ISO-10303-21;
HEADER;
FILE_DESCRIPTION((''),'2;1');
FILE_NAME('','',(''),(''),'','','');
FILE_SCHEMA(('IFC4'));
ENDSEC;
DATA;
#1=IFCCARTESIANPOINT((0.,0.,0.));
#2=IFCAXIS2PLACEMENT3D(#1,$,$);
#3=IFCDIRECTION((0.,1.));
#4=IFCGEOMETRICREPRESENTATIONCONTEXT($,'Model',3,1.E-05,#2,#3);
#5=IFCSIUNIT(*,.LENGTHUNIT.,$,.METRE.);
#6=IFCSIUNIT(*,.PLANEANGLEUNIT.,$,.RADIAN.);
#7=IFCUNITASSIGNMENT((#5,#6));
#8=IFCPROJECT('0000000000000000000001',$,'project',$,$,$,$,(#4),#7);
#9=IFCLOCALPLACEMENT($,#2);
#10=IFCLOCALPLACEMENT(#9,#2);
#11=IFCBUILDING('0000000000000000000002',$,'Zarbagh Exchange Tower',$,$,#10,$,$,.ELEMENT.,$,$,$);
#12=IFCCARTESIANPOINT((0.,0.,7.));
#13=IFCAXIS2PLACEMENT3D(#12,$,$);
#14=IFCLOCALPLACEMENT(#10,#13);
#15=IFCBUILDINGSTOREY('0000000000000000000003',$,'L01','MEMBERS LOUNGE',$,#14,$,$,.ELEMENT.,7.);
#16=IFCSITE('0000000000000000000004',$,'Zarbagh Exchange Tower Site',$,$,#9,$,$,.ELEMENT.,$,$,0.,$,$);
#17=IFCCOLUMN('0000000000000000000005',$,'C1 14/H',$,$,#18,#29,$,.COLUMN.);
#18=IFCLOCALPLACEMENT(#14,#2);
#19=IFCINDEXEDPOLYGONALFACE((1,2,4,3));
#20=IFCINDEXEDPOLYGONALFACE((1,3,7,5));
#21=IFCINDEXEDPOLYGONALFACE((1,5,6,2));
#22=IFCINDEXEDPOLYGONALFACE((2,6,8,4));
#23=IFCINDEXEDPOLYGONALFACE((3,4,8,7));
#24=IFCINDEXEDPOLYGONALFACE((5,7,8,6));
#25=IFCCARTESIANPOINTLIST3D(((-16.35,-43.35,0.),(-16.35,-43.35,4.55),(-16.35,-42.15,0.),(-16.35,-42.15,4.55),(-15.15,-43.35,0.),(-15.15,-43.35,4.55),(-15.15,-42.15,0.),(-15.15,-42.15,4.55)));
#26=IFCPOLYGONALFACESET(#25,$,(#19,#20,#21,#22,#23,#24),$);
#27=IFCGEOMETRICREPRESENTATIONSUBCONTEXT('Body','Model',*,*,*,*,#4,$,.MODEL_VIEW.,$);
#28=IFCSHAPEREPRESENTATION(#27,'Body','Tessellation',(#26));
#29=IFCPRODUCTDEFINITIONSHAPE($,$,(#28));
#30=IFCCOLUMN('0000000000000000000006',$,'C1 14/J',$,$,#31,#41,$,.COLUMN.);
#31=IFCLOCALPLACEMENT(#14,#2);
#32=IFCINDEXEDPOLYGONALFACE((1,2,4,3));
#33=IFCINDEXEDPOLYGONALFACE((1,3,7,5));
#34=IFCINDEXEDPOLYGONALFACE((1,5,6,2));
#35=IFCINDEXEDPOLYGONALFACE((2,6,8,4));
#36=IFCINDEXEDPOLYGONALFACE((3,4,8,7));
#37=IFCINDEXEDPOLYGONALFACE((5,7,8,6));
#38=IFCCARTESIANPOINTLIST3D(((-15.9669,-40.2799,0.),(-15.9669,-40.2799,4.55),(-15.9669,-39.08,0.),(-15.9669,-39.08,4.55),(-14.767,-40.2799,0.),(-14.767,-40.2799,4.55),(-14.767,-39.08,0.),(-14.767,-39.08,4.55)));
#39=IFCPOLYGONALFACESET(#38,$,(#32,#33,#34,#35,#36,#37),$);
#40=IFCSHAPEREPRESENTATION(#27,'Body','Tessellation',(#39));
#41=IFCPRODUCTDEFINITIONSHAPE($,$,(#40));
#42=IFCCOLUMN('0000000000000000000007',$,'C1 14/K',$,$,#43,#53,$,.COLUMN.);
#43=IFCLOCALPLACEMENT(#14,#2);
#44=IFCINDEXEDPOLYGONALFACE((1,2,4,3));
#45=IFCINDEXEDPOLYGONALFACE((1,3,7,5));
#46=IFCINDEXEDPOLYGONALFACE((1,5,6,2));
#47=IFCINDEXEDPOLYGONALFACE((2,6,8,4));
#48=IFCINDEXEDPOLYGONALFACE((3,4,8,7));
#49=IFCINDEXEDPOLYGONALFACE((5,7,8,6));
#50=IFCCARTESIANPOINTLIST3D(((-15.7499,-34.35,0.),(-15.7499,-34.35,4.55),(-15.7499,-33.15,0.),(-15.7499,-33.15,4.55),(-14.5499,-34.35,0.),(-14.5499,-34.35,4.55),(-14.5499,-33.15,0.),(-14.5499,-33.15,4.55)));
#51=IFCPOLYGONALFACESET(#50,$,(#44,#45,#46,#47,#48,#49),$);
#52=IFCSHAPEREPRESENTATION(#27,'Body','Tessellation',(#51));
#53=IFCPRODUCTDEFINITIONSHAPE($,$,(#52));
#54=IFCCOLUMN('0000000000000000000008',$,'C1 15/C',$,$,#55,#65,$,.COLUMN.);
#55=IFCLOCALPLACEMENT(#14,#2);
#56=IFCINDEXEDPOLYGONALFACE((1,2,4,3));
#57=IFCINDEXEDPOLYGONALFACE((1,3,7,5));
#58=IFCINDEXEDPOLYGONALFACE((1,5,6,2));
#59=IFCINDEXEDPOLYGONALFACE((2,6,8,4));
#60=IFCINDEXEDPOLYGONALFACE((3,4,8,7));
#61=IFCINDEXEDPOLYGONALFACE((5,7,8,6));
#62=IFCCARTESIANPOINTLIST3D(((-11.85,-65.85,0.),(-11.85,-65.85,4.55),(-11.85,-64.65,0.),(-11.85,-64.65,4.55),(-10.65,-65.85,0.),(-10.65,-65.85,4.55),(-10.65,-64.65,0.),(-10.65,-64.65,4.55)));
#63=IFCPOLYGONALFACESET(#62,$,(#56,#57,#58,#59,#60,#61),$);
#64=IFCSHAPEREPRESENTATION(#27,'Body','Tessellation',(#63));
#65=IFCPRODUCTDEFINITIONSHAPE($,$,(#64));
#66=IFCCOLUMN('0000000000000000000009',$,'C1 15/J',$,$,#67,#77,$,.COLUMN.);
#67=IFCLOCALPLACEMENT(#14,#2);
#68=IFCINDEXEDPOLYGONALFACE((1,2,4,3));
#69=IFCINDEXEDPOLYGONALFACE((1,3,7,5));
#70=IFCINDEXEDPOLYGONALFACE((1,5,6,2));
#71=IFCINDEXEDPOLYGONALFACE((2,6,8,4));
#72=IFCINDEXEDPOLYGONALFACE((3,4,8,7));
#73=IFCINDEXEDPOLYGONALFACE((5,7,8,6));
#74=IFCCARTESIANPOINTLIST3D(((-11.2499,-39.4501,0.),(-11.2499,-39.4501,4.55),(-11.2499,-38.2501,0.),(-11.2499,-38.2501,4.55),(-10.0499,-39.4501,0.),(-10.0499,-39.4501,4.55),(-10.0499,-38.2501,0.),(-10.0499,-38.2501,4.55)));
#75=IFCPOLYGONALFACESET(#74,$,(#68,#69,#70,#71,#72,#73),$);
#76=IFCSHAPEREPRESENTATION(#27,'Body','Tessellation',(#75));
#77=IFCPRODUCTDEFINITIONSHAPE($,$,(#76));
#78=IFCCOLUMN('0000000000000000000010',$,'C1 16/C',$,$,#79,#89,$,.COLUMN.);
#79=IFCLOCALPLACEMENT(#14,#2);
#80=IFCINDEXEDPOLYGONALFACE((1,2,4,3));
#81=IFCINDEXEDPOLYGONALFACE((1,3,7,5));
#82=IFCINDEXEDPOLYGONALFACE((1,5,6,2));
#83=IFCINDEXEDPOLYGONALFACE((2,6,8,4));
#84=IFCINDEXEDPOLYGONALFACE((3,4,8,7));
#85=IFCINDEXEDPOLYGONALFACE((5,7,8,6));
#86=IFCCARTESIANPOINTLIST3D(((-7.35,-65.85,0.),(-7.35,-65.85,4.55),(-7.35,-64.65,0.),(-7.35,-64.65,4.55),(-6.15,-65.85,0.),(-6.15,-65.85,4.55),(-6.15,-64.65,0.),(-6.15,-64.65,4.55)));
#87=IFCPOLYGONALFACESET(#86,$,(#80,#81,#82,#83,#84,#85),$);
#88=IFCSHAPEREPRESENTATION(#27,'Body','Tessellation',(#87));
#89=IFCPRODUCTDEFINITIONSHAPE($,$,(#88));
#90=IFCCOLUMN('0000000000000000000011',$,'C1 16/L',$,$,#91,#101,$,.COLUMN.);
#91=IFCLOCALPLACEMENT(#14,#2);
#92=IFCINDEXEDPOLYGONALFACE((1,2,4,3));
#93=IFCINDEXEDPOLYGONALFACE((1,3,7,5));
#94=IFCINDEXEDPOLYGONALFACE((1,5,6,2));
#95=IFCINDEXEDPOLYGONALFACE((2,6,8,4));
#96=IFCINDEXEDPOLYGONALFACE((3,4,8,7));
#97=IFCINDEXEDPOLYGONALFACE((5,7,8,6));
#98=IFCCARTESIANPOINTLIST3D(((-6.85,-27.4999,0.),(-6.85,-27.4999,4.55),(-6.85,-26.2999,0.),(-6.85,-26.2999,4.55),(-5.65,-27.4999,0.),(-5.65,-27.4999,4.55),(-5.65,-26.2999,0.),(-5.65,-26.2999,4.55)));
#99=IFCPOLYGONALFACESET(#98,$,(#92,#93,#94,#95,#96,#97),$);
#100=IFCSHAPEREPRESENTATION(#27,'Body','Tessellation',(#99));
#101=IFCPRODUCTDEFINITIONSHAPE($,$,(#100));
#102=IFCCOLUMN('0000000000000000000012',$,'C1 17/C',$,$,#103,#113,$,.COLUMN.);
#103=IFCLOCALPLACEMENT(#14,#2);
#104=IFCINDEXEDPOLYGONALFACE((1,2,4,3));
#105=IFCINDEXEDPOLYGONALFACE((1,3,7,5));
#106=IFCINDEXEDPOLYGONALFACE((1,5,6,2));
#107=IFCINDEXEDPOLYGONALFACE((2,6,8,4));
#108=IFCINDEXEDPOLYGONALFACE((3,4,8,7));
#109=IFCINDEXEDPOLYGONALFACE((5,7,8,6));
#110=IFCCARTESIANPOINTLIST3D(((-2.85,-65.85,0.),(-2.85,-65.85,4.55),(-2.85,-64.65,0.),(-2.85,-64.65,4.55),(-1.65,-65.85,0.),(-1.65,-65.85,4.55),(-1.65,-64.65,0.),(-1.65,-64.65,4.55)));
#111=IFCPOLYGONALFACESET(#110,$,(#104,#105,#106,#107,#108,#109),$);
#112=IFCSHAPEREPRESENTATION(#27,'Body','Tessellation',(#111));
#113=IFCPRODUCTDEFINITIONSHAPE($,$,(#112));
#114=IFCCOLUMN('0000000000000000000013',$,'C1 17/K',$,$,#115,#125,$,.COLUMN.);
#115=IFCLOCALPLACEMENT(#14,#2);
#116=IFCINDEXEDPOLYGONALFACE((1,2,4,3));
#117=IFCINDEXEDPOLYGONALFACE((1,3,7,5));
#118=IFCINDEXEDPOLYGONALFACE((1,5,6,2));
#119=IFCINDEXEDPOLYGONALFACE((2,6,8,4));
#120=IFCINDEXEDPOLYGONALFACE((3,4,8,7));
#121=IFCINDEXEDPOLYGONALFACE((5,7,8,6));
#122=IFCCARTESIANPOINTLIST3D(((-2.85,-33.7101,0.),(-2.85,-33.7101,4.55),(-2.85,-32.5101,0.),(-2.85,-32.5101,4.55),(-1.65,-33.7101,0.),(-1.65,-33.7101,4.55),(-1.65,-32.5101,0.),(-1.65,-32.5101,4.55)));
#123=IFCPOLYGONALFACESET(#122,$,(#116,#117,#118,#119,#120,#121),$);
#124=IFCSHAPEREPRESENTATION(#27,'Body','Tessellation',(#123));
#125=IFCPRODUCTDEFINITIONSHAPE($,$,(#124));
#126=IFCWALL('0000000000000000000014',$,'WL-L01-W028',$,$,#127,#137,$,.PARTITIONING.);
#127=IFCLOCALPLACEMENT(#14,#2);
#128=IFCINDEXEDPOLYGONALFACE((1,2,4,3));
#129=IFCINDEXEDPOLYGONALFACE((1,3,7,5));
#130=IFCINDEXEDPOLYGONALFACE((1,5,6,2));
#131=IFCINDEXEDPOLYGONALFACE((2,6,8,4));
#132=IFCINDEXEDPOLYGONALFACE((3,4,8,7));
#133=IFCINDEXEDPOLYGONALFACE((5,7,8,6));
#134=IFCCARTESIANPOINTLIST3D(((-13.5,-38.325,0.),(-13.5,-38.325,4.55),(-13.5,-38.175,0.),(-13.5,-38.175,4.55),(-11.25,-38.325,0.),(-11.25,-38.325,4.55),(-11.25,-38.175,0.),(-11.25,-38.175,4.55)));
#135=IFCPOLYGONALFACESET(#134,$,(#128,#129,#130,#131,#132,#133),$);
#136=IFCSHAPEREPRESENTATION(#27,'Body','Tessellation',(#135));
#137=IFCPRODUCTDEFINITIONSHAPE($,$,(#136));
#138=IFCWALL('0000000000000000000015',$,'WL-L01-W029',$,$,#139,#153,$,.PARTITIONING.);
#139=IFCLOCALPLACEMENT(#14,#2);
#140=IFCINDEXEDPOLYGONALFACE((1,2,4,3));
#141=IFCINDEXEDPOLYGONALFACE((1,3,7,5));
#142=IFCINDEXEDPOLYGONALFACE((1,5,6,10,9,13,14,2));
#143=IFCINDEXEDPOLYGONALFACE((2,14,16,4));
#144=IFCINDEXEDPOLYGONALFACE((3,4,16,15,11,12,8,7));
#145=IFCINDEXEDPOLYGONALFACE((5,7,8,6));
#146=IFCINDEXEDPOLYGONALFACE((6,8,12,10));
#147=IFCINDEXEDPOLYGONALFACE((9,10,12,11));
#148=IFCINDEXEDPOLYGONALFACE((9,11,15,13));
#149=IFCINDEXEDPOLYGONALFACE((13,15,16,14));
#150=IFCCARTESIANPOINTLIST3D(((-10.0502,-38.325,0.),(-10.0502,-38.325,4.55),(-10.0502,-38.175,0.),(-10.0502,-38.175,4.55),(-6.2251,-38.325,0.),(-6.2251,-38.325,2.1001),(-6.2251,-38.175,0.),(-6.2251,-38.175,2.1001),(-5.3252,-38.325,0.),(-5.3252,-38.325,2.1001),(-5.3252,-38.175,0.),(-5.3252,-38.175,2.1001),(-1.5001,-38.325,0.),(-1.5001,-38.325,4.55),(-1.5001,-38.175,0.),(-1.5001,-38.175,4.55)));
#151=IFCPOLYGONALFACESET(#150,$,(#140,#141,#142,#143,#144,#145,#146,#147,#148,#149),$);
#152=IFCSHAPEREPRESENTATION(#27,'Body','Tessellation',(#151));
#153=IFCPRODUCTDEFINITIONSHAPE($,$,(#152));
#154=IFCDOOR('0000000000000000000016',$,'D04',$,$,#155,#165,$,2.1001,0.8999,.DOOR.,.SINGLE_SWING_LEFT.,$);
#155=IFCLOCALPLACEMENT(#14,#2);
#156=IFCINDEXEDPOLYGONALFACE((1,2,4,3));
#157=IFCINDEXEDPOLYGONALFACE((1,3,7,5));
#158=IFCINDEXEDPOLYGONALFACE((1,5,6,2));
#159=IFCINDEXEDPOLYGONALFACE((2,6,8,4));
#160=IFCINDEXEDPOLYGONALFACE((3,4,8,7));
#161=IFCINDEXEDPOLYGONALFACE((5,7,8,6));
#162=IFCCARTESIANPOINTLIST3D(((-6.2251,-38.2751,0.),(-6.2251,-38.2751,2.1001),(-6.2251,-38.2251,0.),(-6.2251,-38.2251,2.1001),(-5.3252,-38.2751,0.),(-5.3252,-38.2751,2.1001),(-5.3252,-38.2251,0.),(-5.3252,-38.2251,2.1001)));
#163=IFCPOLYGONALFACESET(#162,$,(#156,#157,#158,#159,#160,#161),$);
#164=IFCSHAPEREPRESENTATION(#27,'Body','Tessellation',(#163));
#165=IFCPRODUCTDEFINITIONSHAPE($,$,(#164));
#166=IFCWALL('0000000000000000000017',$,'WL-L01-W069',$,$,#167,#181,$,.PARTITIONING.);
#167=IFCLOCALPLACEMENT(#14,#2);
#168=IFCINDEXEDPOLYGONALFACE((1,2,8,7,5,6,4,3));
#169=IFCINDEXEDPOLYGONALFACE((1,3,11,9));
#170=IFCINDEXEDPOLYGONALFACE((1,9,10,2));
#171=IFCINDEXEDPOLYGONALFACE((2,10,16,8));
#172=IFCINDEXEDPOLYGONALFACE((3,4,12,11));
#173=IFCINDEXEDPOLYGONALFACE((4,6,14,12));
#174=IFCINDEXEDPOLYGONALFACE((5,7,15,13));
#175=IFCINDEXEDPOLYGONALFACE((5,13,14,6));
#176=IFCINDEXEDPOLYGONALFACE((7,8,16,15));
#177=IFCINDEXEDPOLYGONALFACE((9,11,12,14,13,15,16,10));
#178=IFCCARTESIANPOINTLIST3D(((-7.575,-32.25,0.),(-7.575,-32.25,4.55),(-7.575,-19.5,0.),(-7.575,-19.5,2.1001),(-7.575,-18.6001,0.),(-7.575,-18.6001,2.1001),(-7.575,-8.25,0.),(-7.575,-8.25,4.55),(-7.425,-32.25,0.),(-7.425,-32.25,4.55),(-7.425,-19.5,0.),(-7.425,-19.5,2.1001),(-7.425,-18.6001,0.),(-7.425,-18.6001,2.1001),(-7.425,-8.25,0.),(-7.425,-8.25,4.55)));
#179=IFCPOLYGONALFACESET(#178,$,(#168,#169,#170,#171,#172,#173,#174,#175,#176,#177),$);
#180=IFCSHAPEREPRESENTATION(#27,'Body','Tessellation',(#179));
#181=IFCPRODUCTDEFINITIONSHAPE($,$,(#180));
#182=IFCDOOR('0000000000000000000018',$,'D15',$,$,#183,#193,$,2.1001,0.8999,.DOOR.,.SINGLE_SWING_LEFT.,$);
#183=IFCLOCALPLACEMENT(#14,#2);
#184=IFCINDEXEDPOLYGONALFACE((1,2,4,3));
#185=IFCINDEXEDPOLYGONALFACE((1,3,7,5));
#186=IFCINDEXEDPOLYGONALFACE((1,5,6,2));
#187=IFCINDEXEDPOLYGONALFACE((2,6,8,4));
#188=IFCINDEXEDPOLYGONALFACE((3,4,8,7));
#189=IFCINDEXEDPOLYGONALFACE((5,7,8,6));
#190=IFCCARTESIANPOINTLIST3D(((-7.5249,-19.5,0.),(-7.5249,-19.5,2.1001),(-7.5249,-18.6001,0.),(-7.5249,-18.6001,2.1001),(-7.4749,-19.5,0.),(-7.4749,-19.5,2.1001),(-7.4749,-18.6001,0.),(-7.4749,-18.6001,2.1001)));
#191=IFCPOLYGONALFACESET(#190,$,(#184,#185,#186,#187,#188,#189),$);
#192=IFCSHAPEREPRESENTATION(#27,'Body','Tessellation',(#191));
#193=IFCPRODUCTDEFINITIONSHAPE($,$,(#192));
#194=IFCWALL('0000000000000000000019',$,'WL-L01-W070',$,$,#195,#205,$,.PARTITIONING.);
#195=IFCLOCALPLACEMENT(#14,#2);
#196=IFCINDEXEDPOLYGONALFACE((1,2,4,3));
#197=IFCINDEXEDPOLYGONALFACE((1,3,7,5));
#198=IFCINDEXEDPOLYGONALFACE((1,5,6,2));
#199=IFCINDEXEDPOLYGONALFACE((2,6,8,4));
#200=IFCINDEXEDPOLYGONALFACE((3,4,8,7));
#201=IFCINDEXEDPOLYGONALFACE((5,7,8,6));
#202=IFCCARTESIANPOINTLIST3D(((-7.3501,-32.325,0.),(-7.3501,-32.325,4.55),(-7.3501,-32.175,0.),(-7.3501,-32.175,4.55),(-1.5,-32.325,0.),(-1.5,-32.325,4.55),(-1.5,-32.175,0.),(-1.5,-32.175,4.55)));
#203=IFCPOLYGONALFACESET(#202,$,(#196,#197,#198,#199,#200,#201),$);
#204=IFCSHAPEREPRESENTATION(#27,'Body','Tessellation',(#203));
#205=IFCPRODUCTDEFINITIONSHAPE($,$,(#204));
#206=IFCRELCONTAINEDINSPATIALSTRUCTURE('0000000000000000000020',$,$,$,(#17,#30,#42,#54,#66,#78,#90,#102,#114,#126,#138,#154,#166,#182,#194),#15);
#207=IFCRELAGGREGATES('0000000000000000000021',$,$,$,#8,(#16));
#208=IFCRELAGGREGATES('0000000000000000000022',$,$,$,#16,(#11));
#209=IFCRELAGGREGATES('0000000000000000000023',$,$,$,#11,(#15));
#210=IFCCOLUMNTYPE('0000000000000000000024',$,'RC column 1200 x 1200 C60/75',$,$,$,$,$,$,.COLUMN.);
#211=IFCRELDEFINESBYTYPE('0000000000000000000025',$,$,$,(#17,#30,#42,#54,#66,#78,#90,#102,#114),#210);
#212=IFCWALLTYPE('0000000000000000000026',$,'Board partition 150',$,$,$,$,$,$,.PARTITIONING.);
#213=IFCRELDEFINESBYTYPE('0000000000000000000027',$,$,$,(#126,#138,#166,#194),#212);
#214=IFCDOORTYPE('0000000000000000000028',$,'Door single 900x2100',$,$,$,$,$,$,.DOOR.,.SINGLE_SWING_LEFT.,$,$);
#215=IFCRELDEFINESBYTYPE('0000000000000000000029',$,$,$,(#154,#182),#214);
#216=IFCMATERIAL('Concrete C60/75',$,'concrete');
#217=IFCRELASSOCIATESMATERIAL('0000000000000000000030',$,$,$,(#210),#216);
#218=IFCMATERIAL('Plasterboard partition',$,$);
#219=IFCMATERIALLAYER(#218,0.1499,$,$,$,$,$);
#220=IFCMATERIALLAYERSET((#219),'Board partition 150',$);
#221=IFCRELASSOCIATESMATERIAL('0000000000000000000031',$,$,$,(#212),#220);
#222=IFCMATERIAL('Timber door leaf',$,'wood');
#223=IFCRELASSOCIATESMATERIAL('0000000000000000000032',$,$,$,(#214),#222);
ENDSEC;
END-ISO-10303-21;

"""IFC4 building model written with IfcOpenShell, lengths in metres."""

from ifc_helpers import new_model, si_unit, direction, frame, frame_2d, origin, origin_2d, place, context, subcontext, project, spatial, rectangle, extrude, material, layer, layer_set, material_profile, profile_set, type_object, element, fill, save


model = new_model("IFC4")

# Units and contexts
model_context = context("Model", 3, precision=1e-05, world=origin(), true_north=direction((0.0, 1.0)))
body_context = subcontext(model_context, "Body", "Model", "MODEL_VIEW")
ifc_project = project(units=[si_unit("LENGTHUNIT", "METRE"), si_unit("PLANEANGLEUNIT", "RADIAN")], contexts=[model_context])

# Site, building, storey
site_placement = place(None, origin())
site = spatial("IfcSite", under=ifc_project, at=site_placement, Name="Zarbagh Exchange Tower Site", CompositionType="ELEMENT", RefElevation=0.0)
building_placement = place(site_placement, origin())
building = spatial("IfcBuilding", under=site, at=building_placement, Name="Zarbagh Exchange Tower", CompositionType="ELEMENT")
storey_placement = place(building_placement, frame((0.0, 0.0, 7.0)))
storey = spatial("IfcBuildingStorey", under=building, at=storey_placement, Name="L01", Description="MEMBERS LOUNGE", CompositionType="ELEMENT", Elevation=7.0)

# Columns
ifc_material_1 = material(Name="Concrete C60/75", Category="concrete")
ifc_material_profile = material_profile(ifc_material_1, rectangle(XDim=1.2, YDim=1.2, at=origin_2d()), Name="RC column 1200 x 1200 C60/75")
ifc_profile_set = profile_set([ifc_material_profile], Name="Concrete C60/75")
column_type = type_object("IfcColumnType", Name="RC column 1200 x 1200 C60/75", PredefinedType="COLUMN", material=ifc_profile_set)
for number, where, z_axis, x_axis, name in (
    (1, (-15.75, -42.75, 0.0), (0.0, 0.0, 1.0), (1.0, 0.0, 0.0), "C1 14/H"),
    (2, (-15.3669, -39.6799, 0.0), (0.0, 0.0, 1.0), (1.0, 0.0, 0.0), "C1 14/J"),
    (3, (-15.1499, -33.75, 0.0), (0.0, 0.0, 1.0), (1.0, 0.0, 0.0), "C1 14/K"),
    (4, (-11.25, -65.25, 0.0), (0.0, 0.0, 1.0), (1.0, 0.0, 0.0), "C1 15/C"),
    (5, (-10.6499, -38.8501, 0.0), (0.0, 0.0, 1.0), (1.0, 0.0, 0.0), "C1 15/J"),
    (6, (-6.75, -65.25, 0.0), (0.0, 0.0, 1.0), (1.0, 0.0, 0.0), "C1 16/C"),
    (7, (-6.25, -26.8999, 0.0), (0.0, 0.0, 1.0), (1.0, 0.0, 0.0), "C1 16/L"),
    (8, (-2.25, -65.25, 0.0), (0.0, 0.0, 1.0), (1.0, 0.0, 0.0), "C1 17/C"),
    (9, (-2.25, -33.1101, 0.0), (0.0, 0.0, 1.0), (1.0, 0.0, 0.0), "C1 17/K"),
):
    element("IfcColumn", number, at=place(storey_placement, frame(where, z_axis=z_axis, x_axis=x_axis)), inside=storey, type_object=column_type, Name=name, PredefinedType="COLUMN", context=body_context, shape_type="SweptSolid", body=[
        extrude(rectangle(XDim=1.2, YDim=1.2, at=origin_2d()), origin(), (0.0, 0.0, 1.0), 4.55),
    ])

# Wall
ifc_material_2 = material(Name="Plasterboard partition")
ifc_layer_1 = layer(ifc_material_2, 0.1499)
ifc_layer_set_1 = layer_set([ifc_layer_1], Name="Board partition 150")
wall_type_1 = type_object("IfcWallType", Name="Board partition 150", PredefinedType="PARTITIONING", material=ifc_layer_set_1)
wall_1_placement = place(storey_placement, frame((-13.5, -38.25, 0.0), z_axis=(0.0, 0.0, 1.0), x_axis=(1.0, 0.0, 0.0)))
element("IfcWall", 10, at=wall_1_placement, inside=storey, type_object=wall_type_1, Name="WL-L01-W028", PredefinedType="PARTITIONING", context=body_context, shape_type="SweptSolid", body=[
    extrude(rectangle(XDim=2.25, YDim=0.1499, at=frame_2d((1.125, 0.0))), origin(), (0.0, 0.0, 1.0), 4.55),
])

# Walls, openings, doors
wall_2_placement = place(storey_placement, frame((-10.05, -38.25, 0.0), z_axis=(0.0, 0.0, 1.0), x_axis=(1.0, 0.0, 0.0)))
wall_2 = element("IfcWall", 11, at=wall_2_placement, inside=storey, type_object=wall_type_1, Name="WL-L01-W029", PredefinedType="PARTITIONING", context=body_context, shape_type="SweptSolid", body=[
    extrude(rectangle(XDim=8.55, YDim=0.1499, at=frame_2d((4.2749, 0.0))), origin(), (0.0, 0.0, 1.0), 4.55),
])
opening_1_placement = place(wall_2_placement, frame((3.825, 0.0, 0.0)))
opening_1 = element("IfcOpeningElement", 12, at=opening_1_placement, cuts=wall_2, PredefinedType="OPENING", context=body_context, shape_type="SweptSolid", body=[
    extrude(rectangle(XDim=0.8999, YDim=2.1001, at=frame_2d((0.45, 1.05))), frame((0.0, 0.085, 0.0), z_axis=(0.0, -1.0, 0.0), x_axis=(1.0, 0.0, 0.0)), (0.0, 0.0, 1.0), 0.1699),
])
ifc_material_3 = material(Name="Timber door leaf", Category="wood")
door_type_1 = type_object("IfcDoorType", Name="Door single 900x2100", OperationType="SINGLE_SWING_LEFT", PredefinedType="DOOR", material=ifc_material_3)
door_1_placement = place(opening_1_placement, origin())
door_1 = element("IfcDoor", 13, at=door_1_placement, inside=storey, type_object=door_type_1, Name="D04", OperationType="SINGLE_SWING_LEFT", OverallHeight=2.1001, OverallWidth=0.8999, PredefinedType="DOOR", context=body_context, shape_type="SweptSolid", body=[
    extrude(rectangle(XDim=0.8999, YDim=2.1001, at=frame_2d((0.45, 1.05))), frame((0.0, 0.0249, 0.0), z_axis=(0.0, -1.0, 0.0), x_axis=(1.0, 0.0, 0.0)), (0.0, 0.0, 1.0), 0.05),
])
fill(opening_1, door_1)
wall_3_placement = place(storey_placement, frame((-7.5, -32.25, 0.0), z_axis=(0.0, 0.0, 1.0), x_axis=(0.0, 1.0, 0.0)))
wall_3 = element("IfcWall", 14, at=wall_3_placement, inside=storey, type_object=wall_type_1, Name="WL-L01-W069", PredefinedType="PARTITIONING", context=body_context, shape_type="SweptSolid", body=[
    extrude(rectangle(XDim=24.0, YDim=0.1499, at=frame_2d((12.0, 0.0))), origin(), (0.0, 0.0, 1.0), 4.55),
])
opening_2_placement = place(wall_3_placement, frame((12.75, 0.0, 0.0)))
opening_2 = element("IfcOpeningElement", 15, at=opening_2_placement, cuts=wall_3, PredefinedType="OPENING", context=body_context, shape_type="SweptSolid", body=[
    extrude(rectangle(XDim=0.8999, YDim=2.1001, at=frame_2d((0.45, 1.05))), frame((0.0, 0.085, 0.0), z_axis=(0.0, -1.0, 0.0), x_axis=(1.0, 0.0, 0.0)), (0.0, 0.0, 1.0), 0.1699),
])
door_2_placement = place(opening_2_placement, origin())
door_2 = element("IfcDoor", 16, at=door_2_placement, inside=storey, type_object=door_type_1, Name="D15", OperationType="SINGLE_SWING_LEFT", OverallHeight=2.1001, OverallWidth=0.8999, PredefinedType="DOOR", context=body_context, shape_type="SweptSolid", body=[
    extrude(rectangle(XDim=0.8999, YDim=2.1001, at=frame_2d((0.45, 1.05))), frame((0.0, 0.0249, 0.0), z_axis=(0.0, -1.0, 0.0), x_axis=(1.0, 0.0, 0.0)), (0.0, 0.0, 1.0), 0.05),
])
fill(opening_2, door_2)

# Wall
wall_4_placement = place(storey_placement, frame((-1.5, -32.25, 0.0), z_axis=(0.0, 0.0, 1.0), x_axis=(-1.0, 0.0, 0.0)))
element("IfcWall", 17, at=wall_4_placement, inside=storey, type_object=wall_type_1, Name="WL-L01-W070", PredefinedType="PARTITIONING", context=body_context, shape_type="SweptSolid", body=[
    extrude(rectangle(XDim=5.8501, YDim=0.1499, at=frame_2d((2.925, 0.0))), origin(), (0.0, 0.0, 1.0), 4.55),
])

save(model, "model.ifc")
